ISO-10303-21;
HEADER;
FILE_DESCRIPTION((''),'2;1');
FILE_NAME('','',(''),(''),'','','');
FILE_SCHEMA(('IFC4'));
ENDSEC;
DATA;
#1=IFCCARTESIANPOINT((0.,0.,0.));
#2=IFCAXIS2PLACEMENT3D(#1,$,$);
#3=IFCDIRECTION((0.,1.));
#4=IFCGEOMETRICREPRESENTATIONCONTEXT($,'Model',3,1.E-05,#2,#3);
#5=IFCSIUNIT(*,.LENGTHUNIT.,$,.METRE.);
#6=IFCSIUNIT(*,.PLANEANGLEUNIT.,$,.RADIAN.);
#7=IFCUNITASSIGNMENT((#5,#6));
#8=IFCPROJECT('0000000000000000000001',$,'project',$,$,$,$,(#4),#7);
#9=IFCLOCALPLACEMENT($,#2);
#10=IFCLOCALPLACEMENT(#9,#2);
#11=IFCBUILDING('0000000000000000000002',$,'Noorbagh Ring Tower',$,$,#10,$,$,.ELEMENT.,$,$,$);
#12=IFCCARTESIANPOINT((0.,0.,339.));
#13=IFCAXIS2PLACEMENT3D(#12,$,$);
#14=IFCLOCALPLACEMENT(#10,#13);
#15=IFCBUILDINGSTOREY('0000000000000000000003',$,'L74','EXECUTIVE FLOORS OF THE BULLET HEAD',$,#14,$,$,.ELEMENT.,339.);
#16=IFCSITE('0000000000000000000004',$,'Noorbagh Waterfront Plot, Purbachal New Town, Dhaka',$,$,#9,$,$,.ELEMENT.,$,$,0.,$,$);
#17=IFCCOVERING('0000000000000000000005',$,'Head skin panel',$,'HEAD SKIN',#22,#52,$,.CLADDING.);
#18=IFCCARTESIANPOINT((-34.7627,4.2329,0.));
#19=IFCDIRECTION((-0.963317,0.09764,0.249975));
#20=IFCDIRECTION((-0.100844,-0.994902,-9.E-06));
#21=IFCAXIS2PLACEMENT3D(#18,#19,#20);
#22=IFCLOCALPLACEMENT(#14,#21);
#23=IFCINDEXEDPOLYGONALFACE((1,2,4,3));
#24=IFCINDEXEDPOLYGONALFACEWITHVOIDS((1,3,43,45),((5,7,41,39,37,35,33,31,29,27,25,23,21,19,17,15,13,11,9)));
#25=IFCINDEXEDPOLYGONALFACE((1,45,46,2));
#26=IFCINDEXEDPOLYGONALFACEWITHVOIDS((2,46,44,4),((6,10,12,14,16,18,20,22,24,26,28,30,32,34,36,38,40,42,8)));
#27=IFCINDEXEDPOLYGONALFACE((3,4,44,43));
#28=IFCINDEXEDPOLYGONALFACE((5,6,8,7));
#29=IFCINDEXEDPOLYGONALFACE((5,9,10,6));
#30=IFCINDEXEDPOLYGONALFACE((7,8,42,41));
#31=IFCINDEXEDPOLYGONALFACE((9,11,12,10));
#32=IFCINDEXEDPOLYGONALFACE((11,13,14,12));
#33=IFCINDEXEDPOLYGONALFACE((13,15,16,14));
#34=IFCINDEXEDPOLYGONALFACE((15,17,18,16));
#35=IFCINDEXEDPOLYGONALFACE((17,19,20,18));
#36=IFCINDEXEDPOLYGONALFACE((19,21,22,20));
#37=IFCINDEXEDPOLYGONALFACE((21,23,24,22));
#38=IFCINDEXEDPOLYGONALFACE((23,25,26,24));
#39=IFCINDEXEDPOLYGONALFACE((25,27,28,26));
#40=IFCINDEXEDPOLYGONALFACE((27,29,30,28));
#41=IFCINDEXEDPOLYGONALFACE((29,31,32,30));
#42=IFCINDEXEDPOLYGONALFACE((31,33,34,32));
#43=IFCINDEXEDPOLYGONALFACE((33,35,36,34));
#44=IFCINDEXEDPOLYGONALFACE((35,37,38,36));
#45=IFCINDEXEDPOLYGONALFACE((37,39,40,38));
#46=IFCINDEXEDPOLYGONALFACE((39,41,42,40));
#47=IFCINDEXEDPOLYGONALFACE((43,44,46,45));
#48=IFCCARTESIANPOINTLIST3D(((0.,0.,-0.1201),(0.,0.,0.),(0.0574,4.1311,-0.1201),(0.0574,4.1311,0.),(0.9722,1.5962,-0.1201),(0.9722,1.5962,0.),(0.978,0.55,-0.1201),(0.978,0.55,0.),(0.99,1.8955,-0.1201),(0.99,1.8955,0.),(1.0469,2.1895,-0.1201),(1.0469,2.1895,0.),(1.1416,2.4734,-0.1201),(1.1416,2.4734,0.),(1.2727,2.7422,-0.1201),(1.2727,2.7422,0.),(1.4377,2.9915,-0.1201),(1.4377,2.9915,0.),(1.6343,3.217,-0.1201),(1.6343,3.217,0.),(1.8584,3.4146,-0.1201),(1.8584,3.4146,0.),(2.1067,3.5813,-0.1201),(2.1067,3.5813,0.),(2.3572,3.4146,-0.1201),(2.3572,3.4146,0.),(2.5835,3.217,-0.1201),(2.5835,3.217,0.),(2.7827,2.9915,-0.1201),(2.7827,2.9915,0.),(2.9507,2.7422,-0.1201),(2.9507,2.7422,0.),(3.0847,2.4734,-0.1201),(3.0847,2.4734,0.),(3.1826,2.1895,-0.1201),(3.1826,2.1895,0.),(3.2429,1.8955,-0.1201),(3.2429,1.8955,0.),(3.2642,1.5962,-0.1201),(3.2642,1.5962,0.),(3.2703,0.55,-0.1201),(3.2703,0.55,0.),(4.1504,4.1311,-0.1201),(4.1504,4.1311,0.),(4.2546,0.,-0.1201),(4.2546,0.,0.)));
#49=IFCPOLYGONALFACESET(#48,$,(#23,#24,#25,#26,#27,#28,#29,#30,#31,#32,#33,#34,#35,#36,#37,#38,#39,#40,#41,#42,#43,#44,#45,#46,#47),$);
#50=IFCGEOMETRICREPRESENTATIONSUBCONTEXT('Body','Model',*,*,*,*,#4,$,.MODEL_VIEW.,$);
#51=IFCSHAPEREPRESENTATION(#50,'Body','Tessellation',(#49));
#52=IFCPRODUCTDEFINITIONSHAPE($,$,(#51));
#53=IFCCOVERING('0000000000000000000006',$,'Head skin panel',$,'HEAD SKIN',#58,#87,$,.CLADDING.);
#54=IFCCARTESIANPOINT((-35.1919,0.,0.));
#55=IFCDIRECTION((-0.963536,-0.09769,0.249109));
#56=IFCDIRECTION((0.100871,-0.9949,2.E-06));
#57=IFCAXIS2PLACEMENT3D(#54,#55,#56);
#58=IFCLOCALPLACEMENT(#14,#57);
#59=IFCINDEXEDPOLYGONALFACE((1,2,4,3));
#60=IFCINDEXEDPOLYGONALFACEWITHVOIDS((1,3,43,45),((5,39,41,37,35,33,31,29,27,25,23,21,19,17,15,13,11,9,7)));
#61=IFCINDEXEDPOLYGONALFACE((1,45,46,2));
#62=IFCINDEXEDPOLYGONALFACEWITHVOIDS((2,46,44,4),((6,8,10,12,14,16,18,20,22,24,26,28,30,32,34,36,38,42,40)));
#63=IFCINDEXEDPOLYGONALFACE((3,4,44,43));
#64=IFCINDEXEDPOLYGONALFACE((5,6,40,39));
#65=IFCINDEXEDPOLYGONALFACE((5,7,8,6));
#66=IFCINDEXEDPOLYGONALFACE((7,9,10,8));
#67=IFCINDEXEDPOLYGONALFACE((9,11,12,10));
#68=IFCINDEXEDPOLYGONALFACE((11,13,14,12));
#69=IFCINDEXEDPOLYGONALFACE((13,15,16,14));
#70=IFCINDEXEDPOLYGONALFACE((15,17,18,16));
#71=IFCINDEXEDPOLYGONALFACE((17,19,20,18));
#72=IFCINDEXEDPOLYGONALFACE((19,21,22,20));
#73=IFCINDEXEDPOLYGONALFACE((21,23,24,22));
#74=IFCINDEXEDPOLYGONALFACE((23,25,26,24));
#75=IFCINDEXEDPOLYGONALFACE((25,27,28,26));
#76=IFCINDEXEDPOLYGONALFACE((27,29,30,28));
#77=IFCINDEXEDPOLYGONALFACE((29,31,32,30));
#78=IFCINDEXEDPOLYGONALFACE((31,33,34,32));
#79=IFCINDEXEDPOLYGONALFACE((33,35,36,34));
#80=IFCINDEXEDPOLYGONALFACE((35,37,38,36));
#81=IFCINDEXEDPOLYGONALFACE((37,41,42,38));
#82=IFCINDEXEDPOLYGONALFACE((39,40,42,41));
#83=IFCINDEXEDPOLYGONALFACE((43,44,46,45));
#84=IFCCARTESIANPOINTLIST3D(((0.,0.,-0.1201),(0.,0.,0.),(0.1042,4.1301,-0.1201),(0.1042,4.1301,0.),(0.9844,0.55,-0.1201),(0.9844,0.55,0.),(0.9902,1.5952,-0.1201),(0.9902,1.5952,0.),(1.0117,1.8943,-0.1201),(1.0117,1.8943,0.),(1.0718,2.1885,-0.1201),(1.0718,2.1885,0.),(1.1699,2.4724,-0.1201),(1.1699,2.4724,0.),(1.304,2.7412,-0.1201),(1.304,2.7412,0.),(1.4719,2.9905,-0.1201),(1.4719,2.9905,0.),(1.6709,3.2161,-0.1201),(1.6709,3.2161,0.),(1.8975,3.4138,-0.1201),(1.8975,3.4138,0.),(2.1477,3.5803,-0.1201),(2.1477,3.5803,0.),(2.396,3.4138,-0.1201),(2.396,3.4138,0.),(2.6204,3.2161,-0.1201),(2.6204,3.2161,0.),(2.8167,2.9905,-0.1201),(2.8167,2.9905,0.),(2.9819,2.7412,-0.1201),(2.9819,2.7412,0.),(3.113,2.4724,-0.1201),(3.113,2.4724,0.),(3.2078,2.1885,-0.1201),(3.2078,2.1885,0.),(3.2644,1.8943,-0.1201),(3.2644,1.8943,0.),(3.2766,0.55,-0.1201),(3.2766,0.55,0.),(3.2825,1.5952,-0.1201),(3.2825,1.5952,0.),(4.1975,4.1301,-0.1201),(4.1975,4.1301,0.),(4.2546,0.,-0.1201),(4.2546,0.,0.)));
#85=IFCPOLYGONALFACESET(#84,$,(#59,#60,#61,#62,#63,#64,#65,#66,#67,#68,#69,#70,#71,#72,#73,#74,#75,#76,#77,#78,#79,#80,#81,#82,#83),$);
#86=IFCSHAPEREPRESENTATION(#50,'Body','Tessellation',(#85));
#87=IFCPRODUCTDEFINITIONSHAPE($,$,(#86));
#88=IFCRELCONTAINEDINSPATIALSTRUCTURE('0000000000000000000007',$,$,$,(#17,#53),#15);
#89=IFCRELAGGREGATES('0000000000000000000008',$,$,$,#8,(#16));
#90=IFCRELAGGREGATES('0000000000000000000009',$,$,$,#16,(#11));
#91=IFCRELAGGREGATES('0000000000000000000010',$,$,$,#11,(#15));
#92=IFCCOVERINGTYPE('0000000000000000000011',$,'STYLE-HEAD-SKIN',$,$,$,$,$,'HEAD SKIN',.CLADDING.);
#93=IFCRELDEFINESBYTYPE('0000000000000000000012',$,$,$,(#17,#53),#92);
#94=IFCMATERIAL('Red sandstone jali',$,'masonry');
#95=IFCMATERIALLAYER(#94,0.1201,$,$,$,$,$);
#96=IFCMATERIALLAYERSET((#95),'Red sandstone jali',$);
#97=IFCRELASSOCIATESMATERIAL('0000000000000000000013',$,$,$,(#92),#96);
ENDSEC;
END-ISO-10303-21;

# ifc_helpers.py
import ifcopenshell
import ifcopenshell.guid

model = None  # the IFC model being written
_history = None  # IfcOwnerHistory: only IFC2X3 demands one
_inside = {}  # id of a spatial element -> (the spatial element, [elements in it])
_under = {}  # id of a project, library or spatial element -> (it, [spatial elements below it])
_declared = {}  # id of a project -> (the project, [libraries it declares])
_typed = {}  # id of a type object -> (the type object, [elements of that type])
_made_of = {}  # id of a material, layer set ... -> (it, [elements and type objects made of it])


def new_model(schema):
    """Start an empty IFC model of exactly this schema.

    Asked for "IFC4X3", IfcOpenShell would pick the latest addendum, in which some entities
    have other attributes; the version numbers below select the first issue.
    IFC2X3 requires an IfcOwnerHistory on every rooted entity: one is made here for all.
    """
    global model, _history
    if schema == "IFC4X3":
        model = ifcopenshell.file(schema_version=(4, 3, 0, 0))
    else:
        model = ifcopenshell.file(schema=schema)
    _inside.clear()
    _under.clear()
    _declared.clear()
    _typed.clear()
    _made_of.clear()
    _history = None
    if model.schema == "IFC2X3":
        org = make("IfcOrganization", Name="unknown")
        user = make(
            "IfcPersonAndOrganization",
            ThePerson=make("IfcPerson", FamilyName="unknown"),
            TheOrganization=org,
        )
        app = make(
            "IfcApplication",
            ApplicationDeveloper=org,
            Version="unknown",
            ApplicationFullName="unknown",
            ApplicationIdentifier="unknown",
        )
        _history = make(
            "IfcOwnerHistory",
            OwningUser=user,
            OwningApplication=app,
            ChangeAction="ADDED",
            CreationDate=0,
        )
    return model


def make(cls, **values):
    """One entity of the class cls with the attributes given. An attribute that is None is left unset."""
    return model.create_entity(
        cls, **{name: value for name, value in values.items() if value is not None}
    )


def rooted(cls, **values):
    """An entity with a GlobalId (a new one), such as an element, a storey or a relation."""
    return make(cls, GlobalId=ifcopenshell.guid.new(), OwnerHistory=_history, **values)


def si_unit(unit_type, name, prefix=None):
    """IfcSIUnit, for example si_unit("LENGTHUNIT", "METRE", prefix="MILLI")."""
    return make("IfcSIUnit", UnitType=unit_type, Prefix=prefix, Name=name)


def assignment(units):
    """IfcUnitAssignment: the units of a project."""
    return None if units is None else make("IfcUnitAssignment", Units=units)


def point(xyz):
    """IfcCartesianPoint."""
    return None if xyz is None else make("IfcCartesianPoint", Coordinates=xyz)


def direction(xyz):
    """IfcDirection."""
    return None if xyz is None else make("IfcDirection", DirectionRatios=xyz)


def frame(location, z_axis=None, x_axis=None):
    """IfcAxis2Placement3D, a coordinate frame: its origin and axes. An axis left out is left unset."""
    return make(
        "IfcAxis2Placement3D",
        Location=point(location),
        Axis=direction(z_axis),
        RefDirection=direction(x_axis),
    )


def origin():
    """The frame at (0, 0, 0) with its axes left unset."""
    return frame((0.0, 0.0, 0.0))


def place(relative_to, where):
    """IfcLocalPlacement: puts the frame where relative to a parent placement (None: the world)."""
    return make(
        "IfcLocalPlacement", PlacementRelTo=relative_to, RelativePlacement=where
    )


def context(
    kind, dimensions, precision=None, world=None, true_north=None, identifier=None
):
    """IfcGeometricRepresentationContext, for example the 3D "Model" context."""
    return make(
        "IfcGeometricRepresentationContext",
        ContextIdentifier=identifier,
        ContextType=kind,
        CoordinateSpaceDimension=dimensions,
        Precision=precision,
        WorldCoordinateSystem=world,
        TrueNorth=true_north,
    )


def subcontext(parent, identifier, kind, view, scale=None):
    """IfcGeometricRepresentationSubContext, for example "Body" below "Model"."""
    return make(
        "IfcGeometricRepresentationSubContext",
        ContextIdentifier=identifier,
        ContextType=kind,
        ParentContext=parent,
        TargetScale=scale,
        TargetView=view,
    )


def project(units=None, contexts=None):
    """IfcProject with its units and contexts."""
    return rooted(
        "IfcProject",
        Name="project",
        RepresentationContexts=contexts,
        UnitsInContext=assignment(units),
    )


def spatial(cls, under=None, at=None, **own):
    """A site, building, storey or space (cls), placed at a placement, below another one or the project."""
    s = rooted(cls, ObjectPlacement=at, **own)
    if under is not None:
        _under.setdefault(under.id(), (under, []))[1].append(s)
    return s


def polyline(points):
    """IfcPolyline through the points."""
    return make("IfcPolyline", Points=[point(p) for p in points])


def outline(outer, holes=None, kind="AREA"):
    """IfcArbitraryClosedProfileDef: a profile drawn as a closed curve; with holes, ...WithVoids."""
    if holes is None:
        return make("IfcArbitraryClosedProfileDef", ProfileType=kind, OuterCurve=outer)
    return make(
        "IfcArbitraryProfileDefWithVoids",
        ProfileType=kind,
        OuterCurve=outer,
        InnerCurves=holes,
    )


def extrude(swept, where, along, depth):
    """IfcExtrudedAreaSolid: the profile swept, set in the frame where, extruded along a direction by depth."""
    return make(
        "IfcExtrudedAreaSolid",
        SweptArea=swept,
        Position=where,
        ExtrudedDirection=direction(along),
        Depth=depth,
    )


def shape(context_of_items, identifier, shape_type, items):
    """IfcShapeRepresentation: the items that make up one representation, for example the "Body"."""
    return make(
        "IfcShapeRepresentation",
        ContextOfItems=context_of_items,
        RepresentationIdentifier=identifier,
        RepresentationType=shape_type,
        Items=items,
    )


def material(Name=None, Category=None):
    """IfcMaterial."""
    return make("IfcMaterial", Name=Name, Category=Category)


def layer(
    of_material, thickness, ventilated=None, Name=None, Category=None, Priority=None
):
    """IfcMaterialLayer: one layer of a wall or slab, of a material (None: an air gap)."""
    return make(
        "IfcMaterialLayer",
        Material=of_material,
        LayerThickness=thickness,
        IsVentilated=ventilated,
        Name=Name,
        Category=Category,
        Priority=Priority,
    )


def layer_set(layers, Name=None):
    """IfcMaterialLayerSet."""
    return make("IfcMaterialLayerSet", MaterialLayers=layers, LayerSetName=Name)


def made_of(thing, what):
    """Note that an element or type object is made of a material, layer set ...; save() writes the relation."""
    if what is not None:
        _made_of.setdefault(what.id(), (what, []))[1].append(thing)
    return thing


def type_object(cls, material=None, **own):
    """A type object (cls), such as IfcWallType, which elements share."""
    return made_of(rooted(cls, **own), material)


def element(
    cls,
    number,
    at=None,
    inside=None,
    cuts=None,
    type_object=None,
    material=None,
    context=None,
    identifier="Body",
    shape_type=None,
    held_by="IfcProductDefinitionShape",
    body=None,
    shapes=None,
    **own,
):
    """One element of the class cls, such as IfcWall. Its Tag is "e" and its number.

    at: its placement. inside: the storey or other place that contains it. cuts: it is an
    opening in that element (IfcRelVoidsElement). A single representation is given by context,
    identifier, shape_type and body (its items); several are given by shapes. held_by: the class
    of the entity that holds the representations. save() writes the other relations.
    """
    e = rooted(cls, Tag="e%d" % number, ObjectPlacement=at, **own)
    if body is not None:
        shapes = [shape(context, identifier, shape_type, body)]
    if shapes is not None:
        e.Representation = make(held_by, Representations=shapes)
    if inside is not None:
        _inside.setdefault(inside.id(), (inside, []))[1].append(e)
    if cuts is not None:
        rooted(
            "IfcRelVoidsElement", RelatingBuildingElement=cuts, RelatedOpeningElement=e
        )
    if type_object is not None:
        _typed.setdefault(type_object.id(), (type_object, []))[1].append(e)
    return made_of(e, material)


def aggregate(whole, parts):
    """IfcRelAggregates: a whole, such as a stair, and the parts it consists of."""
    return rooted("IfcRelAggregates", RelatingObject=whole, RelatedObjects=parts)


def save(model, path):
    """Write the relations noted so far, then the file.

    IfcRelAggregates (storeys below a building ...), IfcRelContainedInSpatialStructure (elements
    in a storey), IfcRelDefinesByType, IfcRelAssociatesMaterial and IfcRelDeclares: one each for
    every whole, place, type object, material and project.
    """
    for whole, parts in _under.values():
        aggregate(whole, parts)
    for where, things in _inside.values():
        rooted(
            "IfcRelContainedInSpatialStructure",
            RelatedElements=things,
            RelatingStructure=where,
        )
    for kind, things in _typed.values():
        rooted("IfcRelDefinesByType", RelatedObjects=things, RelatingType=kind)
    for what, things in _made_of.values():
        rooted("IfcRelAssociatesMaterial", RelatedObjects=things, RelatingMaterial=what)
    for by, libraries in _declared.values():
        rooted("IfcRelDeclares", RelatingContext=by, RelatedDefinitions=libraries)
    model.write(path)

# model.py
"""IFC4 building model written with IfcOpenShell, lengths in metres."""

from ifc_helpers import new_model, si_unit, direction, frame, origin, place, context, subcontext, project, spatial, polyline, outline, extrude, material, layer, layer_set, type_object, element, save


model = new_model("IFC4")

# Units and contexts
model_context = context("Model", 3, precision=1e-05, world=origin(), true_north=direction((0.0, 1.0)))
body_context = subcontext(model_context, "Body", "Model", "MODEL_VIEW")
ifc_project = project(units=[si_unit("LENGTHUNIT", "METRE"), si_unit("PLANEANGLEUNIT", "RADIAN")], contexts=[model_context])

# Site, building, storey
site_placement = place(None, origin())
site = spatial("IfcSite", under=ifc_project, at=site_placement, Name="Noorbagh Waterfront Plot, Purbachal New Town, Dhaka", CompositionType="ELEMENT", RefElevation=0.0)
building_placement = place(site_placement, origin())
building = spatial("IfcBuilding", under=site, at=building_placement, Name="Noorbagh Ring Tower", CompositionType="ELEMENT")
storey_placement = place(building_placement, frame((0.0, 0.0, 339.0)))
storey = spatial("IfcBuildingStorey", under=building, at=storey_placement, Name="L74", Description="EXECUTIVE FLOORS OF THE BULLET HEAD", CompositionType="ELEMENT", Elevation=339.0)

# Coverings
ifc_material_1 = material(Name="Red sandstone jali", Category="masonry")
ifc_layer_1 = layer(ifc_material_1, 0.1201)
ifc_layer_set_1 = layer_set([ifc_layer_1], Name="Red sandstone jali")
covering_type_1 = type_object("IfcCoveringType", Name="STYLE-HEAD-SKIN", ElementType="HEAD SKIN", PredefinedType="CLADDING", material=ifc_layer_set_1)
covering_1_placement = place(storey_placement, frame((-34.7627, 4.2329, 0.0), z_axis=(-0.963317, 0.09764, 0.249975), x_axis=(-0.100844, -0.994902, -0.000009)))
element("IfcCovering", 1, at=covering_1_placement, inside=storey, type_object=covering_type_1, Name="Head skin panel", ObjectType="HEAD SKIN", PredefinedType="CLADDING", context=body_context, shape_type="SweptSolid", body=[
    extrude(outline(polyline([(0.0, 0.0), (4.2546, 0.0), (4.1504, 4.1311), (0.0574, 4.1311), (0.0, 0.0)]), holes=[polyline([(0.978, 0.55), (0.9722, 1.5962), (0.99, 1.8955), (1.0469, 2.1895), (1.1416, 2.4734), (1.2727, 2.7422), (1.4377, 2.9915), (1.6343, 3.217), (1.8584, 3.4146), (2.1067, 3.5813), (2.3572, 3.4146), (2.5835, 3.217), (2.7827, 2.9915), (2.9507, 2.7422), (3.0847, 2.4734), (3.1826, 2.1895), (3.2429, 1.8955), (3.2642, 1.5962), (3.2703, 0.55), (0.978, 0.55)])]), origin(), (0.0, 0.0, -1.0), 0.1201),
])
covering_2_placement = place(storey_placement, frame((-35.1919, 0.0, 0.0), z_axis=(-0.963536, -0.09769, 0.249109), x_axis=(0.100871, -0.9949, 0.000002)))
element("IfcCovering", 2, at=covering_2_placement, inside=storey, type_object=covering_type_1, Name="Head skin panel", ObjectType="HEAD SKIN", PredefinedType="CLADDING", context=body_context, shape_type="SweptSolid", body=[
    extrude(outline(polyline([(0.0, 0.0), (4.2546, 0.0), (4.1975, 4.1301), (0.1042, 4.1301), (0.0, 0.0)]), holes=[polyline([(0.9844, 0.55), (0.9902, 1.5952), (1.0117, 1.8943), (1.0718, 2.1885), (1.1699, 2.4724), (1.304, 2.7412), (1.4719, 2.9905), (1.6709, 3.2161), (1.8975, 3.4138), (2.1477, 3.5803), (2.396, 3.4138), (2.6204, 3.2161), (2.8167, 2.9905), (2.9819, 2.7412), (3.113, 2.4724), (3.2078, 2.1885), (3.2644, 1.8943), (3.2825, 1.5952), (3.2766, 0.55), (0.9844, 0.55)])]), origin(), (0.0, 0.0, -1.0), 0.1201),
])

save(model, "model.ifc")
